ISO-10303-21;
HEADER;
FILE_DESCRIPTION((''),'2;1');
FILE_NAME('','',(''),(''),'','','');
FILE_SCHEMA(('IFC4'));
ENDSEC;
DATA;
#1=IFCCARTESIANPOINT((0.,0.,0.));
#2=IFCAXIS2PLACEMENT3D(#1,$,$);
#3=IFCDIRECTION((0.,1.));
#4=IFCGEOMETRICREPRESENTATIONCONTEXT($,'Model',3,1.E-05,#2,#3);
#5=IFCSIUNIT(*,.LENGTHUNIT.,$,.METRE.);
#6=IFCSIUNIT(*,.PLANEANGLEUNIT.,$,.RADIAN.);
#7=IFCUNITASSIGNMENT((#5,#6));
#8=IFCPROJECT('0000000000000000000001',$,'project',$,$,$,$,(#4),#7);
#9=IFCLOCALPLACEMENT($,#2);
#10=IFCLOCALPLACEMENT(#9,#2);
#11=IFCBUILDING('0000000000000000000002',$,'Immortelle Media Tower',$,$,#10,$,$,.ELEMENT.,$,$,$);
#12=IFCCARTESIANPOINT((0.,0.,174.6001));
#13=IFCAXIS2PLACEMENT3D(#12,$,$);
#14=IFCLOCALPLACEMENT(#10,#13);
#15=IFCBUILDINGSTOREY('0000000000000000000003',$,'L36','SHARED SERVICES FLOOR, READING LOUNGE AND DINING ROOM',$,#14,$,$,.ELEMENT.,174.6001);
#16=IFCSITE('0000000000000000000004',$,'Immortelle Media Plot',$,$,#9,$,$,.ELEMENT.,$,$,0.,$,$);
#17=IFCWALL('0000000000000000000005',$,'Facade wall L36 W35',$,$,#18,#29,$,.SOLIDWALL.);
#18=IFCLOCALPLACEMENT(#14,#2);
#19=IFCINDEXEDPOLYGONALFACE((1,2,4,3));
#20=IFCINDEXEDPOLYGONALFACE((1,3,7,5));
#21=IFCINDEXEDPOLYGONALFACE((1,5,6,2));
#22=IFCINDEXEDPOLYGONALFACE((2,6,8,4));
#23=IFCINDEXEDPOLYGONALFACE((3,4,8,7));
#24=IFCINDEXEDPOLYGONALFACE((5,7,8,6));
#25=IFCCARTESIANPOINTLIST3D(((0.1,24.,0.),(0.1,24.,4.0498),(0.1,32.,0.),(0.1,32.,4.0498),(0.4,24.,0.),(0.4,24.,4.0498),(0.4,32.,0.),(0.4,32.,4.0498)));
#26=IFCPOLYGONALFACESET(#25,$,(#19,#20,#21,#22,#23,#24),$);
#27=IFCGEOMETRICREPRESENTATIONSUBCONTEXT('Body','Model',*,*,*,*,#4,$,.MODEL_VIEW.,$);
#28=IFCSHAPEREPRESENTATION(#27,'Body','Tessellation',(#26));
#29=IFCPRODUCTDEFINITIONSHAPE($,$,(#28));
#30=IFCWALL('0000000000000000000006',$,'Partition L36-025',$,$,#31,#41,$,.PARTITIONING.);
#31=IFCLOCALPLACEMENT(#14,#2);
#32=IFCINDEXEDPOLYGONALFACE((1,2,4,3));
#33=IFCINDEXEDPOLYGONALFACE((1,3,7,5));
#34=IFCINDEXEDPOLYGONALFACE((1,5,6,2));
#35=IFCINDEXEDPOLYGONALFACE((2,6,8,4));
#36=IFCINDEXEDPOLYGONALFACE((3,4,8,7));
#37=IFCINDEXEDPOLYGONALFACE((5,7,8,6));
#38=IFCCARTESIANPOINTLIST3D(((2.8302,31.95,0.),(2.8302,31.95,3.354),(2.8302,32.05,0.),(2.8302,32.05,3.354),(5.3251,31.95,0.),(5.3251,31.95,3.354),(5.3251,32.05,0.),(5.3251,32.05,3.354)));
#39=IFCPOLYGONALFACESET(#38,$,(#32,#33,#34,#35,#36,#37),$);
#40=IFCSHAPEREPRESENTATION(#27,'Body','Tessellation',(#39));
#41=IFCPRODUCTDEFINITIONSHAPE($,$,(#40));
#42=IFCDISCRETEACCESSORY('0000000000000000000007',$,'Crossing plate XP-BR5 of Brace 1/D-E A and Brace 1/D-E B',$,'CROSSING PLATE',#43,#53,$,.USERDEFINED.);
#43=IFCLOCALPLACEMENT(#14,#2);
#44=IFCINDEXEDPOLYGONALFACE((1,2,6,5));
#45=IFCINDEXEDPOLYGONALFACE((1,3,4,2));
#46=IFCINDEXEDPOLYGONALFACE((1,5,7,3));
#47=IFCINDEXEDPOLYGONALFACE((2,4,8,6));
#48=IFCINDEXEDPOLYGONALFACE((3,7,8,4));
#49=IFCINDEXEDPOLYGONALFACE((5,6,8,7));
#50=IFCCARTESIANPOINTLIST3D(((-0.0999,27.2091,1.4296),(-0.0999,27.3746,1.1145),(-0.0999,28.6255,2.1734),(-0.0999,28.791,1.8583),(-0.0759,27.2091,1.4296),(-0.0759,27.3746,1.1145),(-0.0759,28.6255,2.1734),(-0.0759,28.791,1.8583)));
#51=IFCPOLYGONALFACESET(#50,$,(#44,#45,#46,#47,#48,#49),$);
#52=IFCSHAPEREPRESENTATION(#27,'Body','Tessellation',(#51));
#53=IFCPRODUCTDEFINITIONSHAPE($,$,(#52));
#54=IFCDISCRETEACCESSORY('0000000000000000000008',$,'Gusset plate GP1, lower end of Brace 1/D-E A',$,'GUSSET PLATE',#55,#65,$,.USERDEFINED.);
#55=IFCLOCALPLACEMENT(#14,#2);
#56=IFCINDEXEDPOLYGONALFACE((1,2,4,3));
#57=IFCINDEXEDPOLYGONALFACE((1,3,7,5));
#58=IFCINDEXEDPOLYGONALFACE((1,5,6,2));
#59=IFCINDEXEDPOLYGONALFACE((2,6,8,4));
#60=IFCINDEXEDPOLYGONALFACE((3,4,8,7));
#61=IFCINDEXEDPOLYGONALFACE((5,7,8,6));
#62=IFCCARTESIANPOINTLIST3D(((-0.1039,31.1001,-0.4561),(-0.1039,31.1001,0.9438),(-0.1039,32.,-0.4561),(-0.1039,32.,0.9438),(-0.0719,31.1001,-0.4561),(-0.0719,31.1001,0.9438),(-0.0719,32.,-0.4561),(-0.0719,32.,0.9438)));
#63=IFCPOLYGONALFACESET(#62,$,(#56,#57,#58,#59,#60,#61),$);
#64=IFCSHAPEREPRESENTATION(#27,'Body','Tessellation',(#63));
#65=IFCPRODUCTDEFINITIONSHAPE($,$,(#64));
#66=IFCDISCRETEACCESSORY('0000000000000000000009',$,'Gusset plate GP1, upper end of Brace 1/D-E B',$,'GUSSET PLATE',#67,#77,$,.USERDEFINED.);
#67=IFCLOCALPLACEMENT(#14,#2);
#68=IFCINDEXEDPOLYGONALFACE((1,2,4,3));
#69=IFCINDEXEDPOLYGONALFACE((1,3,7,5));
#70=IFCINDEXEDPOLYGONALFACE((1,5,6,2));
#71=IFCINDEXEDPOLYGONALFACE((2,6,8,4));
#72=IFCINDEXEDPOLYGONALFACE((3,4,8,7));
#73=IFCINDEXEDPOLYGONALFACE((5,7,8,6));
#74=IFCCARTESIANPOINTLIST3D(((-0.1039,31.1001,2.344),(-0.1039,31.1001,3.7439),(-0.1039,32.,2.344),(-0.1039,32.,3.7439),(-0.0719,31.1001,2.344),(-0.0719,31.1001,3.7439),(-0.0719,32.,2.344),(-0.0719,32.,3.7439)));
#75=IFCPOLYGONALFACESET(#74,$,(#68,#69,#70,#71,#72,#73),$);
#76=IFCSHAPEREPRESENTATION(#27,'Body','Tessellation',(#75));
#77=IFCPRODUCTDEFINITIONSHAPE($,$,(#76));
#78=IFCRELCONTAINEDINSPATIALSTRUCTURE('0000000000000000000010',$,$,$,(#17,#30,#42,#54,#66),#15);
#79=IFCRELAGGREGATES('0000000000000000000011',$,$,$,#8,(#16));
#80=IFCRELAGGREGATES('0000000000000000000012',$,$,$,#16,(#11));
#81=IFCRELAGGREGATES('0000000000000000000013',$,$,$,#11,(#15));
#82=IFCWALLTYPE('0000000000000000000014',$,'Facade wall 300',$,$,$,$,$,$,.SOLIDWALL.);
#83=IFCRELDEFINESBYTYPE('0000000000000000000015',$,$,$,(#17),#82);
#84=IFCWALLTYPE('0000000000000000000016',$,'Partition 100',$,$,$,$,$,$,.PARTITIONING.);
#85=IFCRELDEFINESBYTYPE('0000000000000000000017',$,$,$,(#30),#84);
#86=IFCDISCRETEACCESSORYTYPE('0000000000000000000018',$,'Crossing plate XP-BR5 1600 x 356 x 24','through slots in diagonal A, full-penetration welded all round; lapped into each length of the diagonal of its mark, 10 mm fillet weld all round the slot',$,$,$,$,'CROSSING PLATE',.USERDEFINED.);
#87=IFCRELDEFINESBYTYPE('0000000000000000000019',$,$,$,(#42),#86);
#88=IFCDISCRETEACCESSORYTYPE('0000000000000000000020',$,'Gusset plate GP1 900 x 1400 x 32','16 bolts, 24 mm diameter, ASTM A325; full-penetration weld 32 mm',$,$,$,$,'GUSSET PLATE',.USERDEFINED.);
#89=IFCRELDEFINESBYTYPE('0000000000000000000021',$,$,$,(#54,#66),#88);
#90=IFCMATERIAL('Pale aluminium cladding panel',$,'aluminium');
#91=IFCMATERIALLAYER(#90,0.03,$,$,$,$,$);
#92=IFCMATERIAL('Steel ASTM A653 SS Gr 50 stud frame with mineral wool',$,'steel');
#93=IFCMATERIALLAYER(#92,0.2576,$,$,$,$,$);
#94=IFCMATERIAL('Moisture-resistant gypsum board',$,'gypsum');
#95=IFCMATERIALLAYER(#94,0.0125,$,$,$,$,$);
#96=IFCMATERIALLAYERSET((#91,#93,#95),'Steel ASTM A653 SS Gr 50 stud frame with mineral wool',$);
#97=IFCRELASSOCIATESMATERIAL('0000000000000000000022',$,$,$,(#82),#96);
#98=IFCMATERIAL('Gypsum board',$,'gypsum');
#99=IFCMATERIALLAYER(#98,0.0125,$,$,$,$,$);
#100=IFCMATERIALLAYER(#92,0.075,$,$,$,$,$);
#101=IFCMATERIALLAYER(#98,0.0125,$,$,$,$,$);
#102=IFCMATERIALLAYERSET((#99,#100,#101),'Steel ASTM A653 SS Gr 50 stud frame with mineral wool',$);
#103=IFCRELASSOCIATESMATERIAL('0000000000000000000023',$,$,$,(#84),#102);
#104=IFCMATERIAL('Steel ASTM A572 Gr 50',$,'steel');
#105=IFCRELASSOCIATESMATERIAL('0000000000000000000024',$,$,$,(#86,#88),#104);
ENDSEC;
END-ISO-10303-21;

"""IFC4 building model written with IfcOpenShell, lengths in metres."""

from ifc_helpers import new_model, si_unit, direction, frame, frame_2d, origin, origin_2d, place, context, subcontext, project, spatial, rectangle, extrude, material, layer, layer_set, material_profile, profile_set, type_object, element, save


model = new_model("IFC4")

# Units and contexts
model_context = context("Model", 3, precision=1e-05, world=origin(), true_north=direction((0.0, 1.0)))
body_context = subcontext(model_context, "Body", "Model", "MODEL_VIEW")
ifc_project = project(units=[si_unit("LENGTHUNIT", "METRE"), si_unit("PLANEANGLEUNIT", "RADIAN")], contexts=[model_context])

# Site, building, storey
site_placement = place(None, origin())
site = spatial("IfcSite", under=ifc_project, at=site_placement, Name="Immortelle Media Plot", CompositionType="ELEMENT", RefElevation=0.0)
building_placement = place(site_placement, origin())
building = spatial("IfcBuilding", under=site, at=building_placement, Name="Immortelle Media Tower", CompositionType="ELEMENT")
storey_placement = place(building_placement, frame((0.0, 0.0, 174.6001)))
storey = spatial("IfcBuildingStorey", under=building, at=storey_placement, Name="L36", Description="SHARED SERVICES FLOOR, READING LOUNGE AND DINING ROOM", CompositionType="ELEMENT", Elevation=174.6001)

# Shared definitions
ifc_material_1 = material(Name="Steel ASTM A653 SS Gr 50 stud frame with mineral wool", Category="steel")

# Walls
ifc_material_2 = material(Name="Pale aluminium cladding panel", Category="aluminium")
ifc_layer_1 = layer(ifc_material_2, 0.03)
ifc_layer_2 = layer(ifc_material_1, 0.2576)
ifc_material_3 = material(Name="Moisture-resistant gypsum board", Category="gypsum")
ifc_layer_3 = layer(ifc_material_3, 0.0125)
ifc_layer_set_1 = layer_set([ifc_layer_1, ifc_layer_2, ifc_layer_3], Name="Steel ASTM A653 SS Gr 50 stud frame with mineral wool")
wall_type_1 = type_object("IfcWallType", Name="Facade wall 300", PredefinedType="SOLIDWALL", material=ifc_layer_set_1)
wall_1_placement = place(storey_placement, frame((0.25, 32.0, 0.0), z_axis=(0.0, 0.0, 1.0), x_axis=(0.0, -1.0, 0.0)))
element("IfcWall", 1, at=wall_1_placement, inside=storey, type_object=wall_type_1, Name="Facade wall L36 W35", PredefinedType="SOLIDWALL", context=body_context, shape_type="SweptSolid", body=[
    extrude(rectangle(XDim=8.0, YDim=0.3, at=frame_2d((4.0, 0.0))), origin(), (0.0, 0.0, 1.0), 4.0498),
])
ifc_material_4 = material(Name="Gypsum board", Category="gypsum")
ifc_layer_4 = layer(ifc_material_4, 0.0125)
ifc_layer_5 = layer(ifc_material_1, 0.075)
ifc_layer_6 = layer(ifc_material_4, 0.0125)
ifc_layer_set_2 = layer_set([ifc_layer_4, ifc_layer_5, ifc_layer_6], Name="Steel ASTM A653 SS Gr 50 stud frame with mineral wool")
wall_type_2 = type_object("IfcWallType", Name="Partition 100", PredefinedType="PARTITIONING", material=ifc_layer_set_2)
wall_2_placement = place(storey_placement, frame((2.8301, 32.0, 0.0), z_axis=(0.0, 0.0, 1.0), x_axis=(1.0, 0.0, 0.0)))
element("IfcWall", 2, at=wall_2_placement, inside=storey, type_object=wall_type_2, Name="Partition L36-025", PredefinedType="PARTITIONING", context=body_context, shape_type="SweptSolid", body=[
    extrude(rectangle(XDim=2.4949, YDim=0.1001, at=frame_2d((1.2476, 0.0))), origin(), (0.0, 0.0, 1.0), 3.354),
])

# Discrete accessories
ifc_material_5 = material(Name="Steel ASTM A572 Gr 50", Category="steel")
ifc_material_profile_1 = material_profile(ifc_material_5, rectangle(XDim=0.0239, YDim=0.356, at=origin_2d()), Name="PL 24 x 356")
ifc_profile_set_1 = profile_set([ifc_material_profile_1], Name="Steel ASTM A572 Gr 50")
discrete_accessory_type_1 = type_object("IfcDiscreteAccessoryType", Name="Crossing plate XP-BR5 1600 x 356 x 24", Description="through slots in diagonal A, full-penetration welded all round; lapped into each length of the diagonal of its mark, 10 mm fillet weld all round the slot", ElementType="CROSSING PLATE", PredefinedType="USERDEFINED", material=ifc_profile_set_1)
discrete_accessory_placement = place(storey_placement, frame((-0.0879, 28.7083, 2.0159), z_axis=(0.0, -0.885338, -0.464948), x_axis=(1.0, 0.0, 0.0)))
element("IfcDiscreteAccessory", 3, at=discrete_accessory_placement, inside=storey, type_object=discrete_accessory_type_1, Name="Crossing plate XP-BR5 of Brace 1/D-E A and Brace 1/D-E B", ObjectType="CROSSING PLATE", PredefinedType="USERDEFINED", context=body_context, shape_type="SweptSolid", body=[
    extrude(rectangle(XDim=0.0239, YDim=0.356, at=origin_2d()), origin(), (0.0, 0.0, 1.0), 1.5999),
])
ifc_material_profile_2 = material_profile(ifc_material_5, rectangle(XDim=0.032, YDim=1.3999, at=origin_2d()), Name="PL 32 x 1400")
ifc_profile_set_2 = profile_set([ifc_material_profile_2], Name="Steel ASTM A572 Gr 50")
discrete_accessory_type_2 = type_object("IfcDiscreteAccessoryType", Name="Gusset plate GP1 900 x 1400 x 32", Description="16 bolts, 24 mm diameter, ASTM A325; full-penetration weld 32 mm", ElementType="GUSSET PLATE", PredefinedType="USERDEFINED", material=ifc_profile_set_2)
for number, where, z_axis, x_axis, name in (
    (4, (-0.0879, 32.0, 0.2439), (0.0, -1.0, 0.0), (1.0, 0.0, 0.0), "Gusset plate GP1, lower end of Brace 1/D-E A"),
    (5, (-0.0879, 32.0, 3.0439), (0.0, -1.0, 0.0), (1.0, 0.0, 0.0), "Gusset plate GP1, upper end of Brace 1/D-E B"),
):
    element("IfcDiscreteAccessory", number, at=place(storey_placement, frame(where, z_axis=z_axis, x_axis=x_axis)), inside=storey, type_object=discrete_accessory_type_2, Name=name, ObjectType="GUSSET PLATE", PredefinedType="USERDEFINED", context=body_context, shape_type="SweptSolid", body=[
        extrude(rectangle(XDim=0.032, YDim=1.3999, at=origin_2d()), origin(), (0.0, 0.0, 1.0), 0.8999),
    ])

save(model, "model.ifc")
